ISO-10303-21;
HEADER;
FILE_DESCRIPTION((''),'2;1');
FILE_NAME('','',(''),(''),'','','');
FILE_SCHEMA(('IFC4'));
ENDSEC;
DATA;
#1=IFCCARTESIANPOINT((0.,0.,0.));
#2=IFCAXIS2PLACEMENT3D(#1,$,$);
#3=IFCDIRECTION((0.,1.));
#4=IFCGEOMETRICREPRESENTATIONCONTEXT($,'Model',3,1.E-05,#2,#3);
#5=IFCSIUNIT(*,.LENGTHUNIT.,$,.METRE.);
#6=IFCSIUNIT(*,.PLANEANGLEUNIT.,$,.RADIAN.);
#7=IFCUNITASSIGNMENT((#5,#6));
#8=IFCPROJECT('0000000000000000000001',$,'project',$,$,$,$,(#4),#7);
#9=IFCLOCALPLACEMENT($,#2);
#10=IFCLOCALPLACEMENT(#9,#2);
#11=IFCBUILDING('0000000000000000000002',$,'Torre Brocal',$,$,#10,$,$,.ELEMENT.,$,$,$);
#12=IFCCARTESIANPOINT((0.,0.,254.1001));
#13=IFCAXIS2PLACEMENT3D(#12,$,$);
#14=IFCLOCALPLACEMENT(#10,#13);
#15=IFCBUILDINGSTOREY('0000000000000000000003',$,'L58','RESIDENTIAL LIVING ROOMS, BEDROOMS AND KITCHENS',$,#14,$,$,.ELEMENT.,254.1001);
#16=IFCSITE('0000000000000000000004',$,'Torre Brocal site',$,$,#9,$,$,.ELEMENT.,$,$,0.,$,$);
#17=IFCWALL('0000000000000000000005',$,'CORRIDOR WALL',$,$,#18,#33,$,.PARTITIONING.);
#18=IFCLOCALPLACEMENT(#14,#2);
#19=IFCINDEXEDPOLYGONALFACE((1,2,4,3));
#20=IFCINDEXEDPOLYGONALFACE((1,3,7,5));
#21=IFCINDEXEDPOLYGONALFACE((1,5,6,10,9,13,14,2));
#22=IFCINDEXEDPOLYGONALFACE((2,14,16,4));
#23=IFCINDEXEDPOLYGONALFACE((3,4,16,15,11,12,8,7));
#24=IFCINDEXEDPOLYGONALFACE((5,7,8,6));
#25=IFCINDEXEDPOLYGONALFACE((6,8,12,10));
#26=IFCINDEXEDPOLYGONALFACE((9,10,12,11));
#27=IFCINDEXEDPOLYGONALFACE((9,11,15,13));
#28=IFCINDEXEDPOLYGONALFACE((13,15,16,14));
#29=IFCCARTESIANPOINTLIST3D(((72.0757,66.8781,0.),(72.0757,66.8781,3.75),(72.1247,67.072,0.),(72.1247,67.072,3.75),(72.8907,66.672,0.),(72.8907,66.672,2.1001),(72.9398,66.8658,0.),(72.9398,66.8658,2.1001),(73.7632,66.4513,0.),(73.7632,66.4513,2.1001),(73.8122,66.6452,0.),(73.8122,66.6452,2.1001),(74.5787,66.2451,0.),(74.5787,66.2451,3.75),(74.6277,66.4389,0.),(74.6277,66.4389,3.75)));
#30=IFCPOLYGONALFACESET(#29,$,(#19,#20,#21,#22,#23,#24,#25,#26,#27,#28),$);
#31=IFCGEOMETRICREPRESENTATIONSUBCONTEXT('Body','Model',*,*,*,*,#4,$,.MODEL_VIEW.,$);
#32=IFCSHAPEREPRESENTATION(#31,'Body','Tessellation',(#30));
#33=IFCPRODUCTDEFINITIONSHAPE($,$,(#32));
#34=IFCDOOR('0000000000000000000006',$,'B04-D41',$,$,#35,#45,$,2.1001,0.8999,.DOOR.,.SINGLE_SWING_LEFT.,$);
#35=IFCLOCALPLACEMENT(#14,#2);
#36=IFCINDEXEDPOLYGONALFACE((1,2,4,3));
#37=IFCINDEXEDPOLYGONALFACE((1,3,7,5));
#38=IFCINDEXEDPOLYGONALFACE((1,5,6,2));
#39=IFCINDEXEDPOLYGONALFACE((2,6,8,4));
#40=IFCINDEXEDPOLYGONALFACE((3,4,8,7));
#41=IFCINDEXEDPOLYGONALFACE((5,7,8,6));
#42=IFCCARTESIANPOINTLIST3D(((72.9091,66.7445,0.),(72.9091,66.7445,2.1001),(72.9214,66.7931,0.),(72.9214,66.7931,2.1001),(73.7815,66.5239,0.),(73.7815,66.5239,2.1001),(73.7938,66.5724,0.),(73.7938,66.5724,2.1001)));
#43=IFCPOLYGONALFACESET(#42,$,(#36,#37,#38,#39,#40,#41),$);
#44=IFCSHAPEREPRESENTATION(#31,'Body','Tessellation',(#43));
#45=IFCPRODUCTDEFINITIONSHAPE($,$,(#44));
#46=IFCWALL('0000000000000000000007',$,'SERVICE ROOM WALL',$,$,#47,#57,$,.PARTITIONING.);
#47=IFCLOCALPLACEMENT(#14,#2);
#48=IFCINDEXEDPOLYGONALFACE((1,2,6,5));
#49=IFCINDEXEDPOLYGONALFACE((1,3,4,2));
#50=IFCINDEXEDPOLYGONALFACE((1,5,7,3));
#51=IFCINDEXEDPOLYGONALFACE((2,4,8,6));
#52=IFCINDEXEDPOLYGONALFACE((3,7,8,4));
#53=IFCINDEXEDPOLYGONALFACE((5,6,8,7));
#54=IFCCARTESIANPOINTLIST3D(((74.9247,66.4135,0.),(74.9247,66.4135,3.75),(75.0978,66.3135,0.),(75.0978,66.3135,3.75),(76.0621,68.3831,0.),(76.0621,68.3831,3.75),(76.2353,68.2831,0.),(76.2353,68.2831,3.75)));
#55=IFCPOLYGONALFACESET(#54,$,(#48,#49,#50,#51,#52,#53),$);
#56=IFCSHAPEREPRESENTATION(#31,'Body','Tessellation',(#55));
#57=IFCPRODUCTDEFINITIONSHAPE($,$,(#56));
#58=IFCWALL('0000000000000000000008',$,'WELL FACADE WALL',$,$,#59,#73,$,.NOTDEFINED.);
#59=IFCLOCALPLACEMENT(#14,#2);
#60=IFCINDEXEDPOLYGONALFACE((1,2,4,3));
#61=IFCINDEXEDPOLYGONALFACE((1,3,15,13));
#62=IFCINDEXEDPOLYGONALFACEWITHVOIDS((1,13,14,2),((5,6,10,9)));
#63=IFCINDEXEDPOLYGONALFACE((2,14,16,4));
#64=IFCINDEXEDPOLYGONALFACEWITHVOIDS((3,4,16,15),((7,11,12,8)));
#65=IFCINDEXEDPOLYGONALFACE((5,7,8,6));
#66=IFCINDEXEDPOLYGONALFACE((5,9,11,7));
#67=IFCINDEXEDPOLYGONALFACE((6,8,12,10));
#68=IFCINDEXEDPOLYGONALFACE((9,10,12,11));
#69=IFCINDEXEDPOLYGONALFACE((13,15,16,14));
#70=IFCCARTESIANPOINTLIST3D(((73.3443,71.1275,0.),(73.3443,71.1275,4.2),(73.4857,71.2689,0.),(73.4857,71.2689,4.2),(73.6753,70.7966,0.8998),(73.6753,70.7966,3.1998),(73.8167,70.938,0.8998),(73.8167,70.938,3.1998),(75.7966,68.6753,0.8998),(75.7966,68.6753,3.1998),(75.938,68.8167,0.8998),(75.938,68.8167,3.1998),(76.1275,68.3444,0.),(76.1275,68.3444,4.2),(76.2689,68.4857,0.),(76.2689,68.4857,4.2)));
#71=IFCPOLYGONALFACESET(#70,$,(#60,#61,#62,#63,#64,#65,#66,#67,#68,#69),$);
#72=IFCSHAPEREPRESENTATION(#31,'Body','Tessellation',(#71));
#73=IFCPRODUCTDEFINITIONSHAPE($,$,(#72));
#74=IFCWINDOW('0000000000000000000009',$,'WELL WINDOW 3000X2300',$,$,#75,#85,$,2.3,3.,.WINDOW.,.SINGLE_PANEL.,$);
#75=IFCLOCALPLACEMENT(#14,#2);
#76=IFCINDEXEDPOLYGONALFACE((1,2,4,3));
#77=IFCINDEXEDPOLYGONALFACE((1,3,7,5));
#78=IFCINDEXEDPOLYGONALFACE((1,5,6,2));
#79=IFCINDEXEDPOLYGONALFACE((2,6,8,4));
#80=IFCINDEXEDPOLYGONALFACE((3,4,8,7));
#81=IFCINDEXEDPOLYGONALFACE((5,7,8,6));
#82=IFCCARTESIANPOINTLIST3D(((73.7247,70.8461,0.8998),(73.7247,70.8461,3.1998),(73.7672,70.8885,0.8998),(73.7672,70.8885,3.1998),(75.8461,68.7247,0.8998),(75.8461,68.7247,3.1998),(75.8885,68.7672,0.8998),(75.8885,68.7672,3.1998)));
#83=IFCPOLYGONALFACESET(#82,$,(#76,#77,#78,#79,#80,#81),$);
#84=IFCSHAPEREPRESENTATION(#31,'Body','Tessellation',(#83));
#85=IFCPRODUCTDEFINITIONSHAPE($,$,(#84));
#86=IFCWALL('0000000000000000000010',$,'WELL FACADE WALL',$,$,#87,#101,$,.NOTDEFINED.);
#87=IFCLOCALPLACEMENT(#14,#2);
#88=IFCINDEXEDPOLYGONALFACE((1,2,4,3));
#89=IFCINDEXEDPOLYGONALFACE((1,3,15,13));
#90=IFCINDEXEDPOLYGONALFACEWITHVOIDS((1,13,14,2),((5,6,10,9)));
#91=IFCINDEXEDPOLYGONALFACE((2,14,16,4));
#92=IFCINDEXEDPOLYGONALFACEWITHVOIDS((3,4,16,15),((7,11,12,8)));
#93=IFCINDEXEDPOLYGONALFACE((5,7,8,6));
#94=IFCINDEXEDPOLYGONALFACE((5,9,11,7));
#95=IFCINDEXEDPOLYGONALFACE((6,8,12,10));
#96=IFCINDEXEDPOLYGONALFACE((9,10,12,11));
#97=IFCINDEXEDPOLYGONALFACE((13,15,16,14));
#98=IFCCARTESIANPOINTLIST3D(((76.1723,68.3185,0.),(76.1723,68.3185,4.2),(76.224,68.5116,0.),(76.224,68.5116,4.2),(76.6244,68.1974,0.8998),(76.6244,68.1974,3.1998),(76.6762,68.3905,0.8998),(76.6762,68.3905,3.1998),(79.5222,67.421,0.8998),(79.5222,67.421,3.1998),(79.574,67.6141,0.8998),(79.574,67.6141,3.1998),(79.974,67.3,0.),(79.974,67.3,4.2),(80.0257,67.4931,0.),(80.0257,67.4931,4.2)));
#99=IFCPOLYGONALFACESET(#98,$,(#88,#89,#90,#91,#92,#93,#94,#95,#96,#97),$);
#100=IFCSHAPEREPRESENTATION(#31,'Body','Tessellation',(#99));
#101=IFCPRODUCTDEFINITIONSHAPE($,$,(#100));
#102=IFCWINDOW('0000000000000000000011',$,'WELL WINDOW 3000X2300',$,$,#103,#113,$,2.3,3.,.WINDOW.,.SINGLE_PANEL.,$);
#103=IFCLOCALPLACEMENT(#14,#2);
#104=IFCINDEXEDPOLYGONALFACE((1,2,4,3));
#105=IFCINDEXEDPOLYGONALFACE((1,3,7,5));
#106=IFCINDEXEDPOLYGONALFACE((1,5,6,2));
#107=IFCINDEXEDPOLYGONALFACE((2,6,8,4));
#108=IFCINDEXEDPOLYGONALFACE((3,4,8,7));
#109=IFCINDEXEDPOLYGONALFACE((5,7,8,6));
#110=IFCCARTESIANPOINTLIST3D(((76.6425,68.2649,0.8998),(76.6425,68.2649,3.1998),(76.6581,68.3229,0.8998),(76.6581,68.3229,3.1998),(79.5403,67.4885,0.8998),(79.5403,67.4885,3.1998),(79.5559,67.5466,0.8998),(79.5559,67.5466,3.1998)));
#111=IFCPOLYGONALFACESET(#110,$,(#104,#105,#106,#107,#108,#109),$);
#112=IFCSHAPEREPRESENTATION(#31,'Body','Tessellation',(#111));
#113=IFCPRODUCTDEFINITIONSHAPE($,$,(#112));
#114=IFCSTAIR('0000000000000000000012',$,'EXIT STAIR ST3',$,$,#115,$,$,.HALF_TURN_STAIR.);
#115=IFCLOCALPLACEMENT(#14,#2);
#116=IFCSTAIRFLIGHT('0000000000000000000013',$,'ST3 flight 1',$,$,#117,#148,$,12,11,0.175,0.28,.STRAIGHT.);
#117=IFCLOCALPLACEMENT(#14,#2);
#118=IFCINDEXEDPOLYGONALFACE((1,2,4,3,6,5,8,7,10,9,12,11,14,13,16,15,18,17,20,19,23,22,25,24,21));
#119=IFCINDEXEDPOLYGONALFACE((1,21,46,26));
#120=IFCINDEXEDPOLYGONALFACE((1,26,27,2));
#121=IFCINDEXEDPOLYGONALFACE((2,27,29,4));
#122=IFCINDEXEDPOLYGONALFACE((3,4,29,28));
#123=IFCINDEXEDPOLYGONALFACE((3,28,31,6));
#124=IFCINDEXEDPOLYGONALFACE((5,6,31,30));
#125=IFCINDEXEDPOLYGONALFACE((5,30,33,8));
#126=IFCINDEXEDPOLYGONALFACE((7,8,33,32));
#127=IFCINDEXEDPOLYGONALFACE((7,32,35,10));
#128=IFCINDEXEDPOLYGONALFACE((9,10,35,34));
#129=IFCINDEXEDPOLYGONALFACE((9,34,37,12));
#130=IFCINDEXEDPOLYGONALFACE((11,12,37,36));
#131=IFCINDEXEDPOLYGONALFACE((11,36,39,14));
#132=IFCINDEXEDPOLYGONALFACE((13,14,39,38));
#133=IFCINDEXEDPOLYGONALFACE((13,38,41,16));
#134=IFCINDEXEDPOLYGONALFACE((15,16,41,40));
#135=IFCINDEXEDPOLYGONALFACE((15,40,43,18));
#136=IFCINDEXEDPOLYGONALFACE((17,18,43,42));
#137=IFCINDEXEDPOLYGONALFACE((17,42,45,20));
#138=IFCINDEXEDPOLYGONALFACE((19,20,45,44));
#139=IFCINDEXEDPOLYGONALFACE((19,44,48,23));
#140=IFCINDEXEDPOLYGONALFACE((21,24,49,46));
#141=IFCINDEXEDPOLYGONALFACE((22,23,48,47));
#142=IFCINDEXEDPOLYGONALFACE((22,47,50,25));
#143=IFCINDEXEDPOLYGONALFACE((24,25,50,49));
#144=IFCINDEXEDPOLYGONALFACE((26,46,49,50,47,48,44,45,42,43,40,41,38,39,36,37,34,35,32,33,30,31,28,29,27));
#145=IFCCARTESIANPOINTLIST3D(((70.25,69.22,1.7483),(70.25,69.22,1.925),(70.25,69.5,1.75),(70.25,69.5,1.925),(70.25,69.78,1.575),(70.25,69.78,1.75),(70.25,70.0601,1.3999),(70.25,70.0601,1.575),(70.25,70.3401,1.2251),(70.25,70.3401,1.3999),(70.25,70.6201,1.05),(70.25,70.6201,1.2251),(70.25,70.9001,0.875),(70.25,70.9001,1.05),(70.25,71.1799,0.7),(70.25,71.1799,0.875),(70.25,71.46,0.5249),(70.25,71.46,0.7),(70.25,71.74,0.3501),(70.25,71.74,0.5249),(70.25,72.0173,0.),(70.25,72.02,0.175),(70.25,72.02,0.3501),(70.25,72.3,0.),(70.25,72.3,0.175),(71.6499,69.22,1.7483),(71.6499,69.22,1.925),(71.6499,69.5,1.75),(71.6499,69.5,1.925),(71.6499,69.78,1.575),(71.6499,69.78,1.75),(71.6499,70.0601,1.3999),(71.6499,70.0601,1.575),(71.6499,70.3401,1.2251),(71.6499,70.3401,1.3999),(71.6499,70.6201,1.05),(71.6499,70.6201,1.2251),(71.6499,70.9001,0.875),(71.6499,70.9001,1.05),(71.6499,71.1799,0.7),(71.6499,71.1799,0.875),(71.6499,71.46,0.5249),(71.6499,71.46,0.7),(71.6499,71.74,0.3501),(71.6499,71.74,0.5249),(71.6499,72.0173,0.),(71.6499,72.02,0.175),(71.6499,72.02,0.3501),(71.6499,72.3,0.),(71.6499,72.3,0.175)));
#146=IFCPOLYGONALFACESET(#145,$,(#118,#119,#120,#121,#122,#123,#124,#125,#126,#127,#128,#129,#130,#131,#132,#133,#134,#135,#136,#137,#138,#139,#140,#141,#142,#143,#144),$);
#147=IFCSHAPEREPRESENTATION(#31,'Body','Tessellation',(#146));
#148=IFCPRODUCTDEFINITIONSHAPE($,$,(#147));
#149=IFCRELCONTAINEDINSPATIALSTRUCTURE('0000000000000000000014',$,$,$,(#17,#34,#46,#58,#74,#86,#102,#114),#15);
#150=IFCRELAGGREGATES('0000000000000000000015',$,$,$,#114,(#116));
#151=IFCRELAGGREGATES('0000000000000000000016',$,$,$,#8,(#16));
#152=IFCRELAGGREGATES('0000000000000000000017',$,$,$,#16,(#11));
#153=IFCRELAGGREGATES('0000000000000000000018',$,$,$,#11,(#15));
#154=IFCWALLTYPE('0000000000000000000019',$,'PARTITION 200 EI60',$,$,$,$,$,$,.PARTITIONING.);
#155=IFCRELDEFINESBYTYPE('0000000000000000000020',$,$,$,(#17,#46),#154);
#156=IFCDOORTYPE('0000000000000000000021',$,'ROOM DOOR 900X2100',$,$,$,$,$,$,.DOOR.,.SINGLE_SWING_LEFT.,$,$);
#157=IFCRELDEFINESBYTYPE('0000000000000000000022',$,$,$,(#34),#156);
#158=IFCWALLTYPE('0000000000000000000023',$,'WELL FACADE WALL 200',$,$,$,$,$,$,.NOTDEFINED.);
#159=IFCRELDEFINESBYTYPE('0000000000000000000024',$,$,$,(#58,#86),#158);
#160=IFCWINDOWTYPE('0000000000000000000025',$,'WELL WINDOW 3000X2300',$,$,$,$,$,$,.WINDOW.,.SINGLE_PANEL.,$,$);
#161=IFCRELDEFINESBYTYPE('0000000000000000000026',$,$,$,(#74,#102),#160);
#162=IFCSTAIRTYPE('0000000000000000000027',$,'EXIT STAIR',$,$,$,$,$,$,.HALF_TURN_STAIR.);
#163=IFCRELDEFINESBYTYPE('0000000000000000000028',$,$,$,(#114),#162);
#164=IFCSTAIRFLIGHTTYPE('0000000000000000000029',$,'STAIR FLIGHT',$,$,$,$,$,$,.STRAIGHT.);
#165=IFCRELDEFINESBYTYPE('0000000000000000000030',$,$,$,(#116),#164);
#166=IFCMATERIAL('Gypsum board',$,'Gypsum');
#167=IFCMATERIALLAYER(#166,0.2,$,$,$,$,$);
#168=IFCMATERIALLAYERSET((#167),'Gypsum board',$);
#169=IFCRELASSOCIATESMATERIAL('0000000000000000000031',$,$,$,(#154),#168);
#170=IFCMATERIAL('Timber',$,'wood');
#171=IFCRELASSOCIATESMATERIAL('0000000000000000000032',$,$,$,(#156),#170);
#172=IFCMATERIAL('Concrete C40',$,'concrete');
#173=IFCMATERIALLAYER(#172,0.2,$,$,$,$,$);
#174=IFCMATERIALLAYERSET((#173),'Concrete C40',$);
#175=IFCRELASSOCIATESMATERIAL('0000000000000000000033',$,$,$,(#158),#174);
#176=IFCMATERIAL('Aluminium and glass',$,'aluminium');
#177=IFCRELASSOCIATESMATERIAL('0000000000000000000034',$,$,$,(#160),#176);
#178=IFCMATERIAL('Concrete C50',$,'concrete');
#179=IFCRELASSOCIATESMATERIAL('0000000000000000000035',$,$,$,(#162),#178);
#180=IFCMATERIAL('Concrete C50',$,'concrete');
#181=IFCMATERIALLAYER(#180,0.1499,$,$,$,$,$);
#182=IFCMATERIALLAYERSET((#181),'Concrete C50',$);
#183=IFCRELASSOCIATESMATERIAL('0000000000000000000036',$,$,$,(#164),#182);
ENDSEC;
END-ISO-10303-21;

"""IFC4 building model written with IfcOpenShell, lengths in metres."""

from ifc_helpers import new_model, si_unit, direction, frame, frame_2d, origin, place, context, subcontext, project, spatial, polyline, rectangle, outline, extrude, material, layer, layer_set, type_object, element, fill, aggregate, save


model = new_model("IFC4")

# Units and contexts
model_context = context("Model", 3, precision=1e-05, world=origin(), true_north=direction((0.0, 1.0)))
body_context = subcontext(model_context, "Body", "Model", "MODEL_VIEW")
ifc_project = project(units=[si_unit("LENGTHUNIT", "METRE"), si_unit("PLANEANGLEUNIT", "RADIAN")], contexts=[model_context])

# Site, building, storey
site_placement = place(None, origin())
site = spatial("IfcSite", under=ifc_project, at=site_placement, Name="Torre Brocal site", CompositionType="ELEMENT", RefElevation=0.0)
building_placement = place(site_placement, origin())
building = spatial("IfcBuilding", under=site, at=building_placement, Name="Torre Brocal", CompositionType="ELEMENT")
storey_placement = place(building_placement, frame((0.0, 0.0, 254.1001)))
storey = spatial("IfcBuildingStorey", under=building, at=storey_placement, Name="L58", Description="RESIDENTIAL LIVING ROOMS, BEDROOMS AND KITCHENS", CompositionType="ELEMENT", Elevation=254.1001)

# Wall, opening, door
ifc_material_1 = material(Name="Gypsum board", Category="Gypsum")
ifc_layer_1 = layer(ifc_material_1, 0.2)
ifc_layer_set_1 = layer_set([ifc_layer_1], Name="Gypsum board")
wall_type_1 = type_object("IfcWallType", Name="PARTITION 200 EI60", PredefinedType="PARTITIONING", material=ifc_layer_set_1)
wall_1_placement = place(storey_placement, frame((72.1001, 66.9751, 0.0), z_axis=(0.0, 0.0, 1.0), x_axis=(0.969471, -0.245205, 0.0)))
wall_1 = element("IfcWall", 1, at=wall_1_placement, inside=storey, type_object=wall_type_1, Name="CORRIDOR WALL", PredefinedType="PARTITIONING", context=body_context, shape_type="SweptSolid", body=[
    extrude(rectangle(XDim=2.5818, YDim=0.2, at=frame_2d((1.291, 0.0))), origin(), (0.0, 0.0, 1.0), 3.75),
])
opening_1_placement = place(wall_1_placement, frame((0.8408, 0.0, 0.0)))
opening_1 = element("IfcOpeningElement", 2, at=opening_1_placement, cuts=wall_1, PredefinedType="OPENING", context=body_context, shape_type="SweptSolid", body=[
    extrude(rectangle(XDim=0.8999, YDim=2.1001, at=frame_2d((0.45, 1.05))), frame((0.0, 0.1099, 0.0), z_axis=(0.0, -1.0, 0.0), x_axis=(1.0, 0.0, 0.0)), (0.0, 0.0, 1.0), 0.22),
])
ifc_material_2 = material(Name="Timber", Category="wood")
door_type_1 = type_object("IfcDoorType", Name="ROOM DOOR 900X2100", OperationType="SINGLE_SWING_LEFT", PredefinedType="DOOR", material=ifc_material_2)
door_1_placement = place(opening_1_placement, origin())
door_1 = element("IfcDoor", 3, at=door_1_placement, inside=storey, type_object=door_type_1, Name="B04-D41", OperationType="SINGLE_SWING_LEFT", OverallHeight=2.1001, OverallWidth=0.8999, PredefinedType="DOOR", context=body_context, shape_type="SweptSolid", body=[
    extrude(rectangle(XDim=0.8999, YDim=2.1001, at=frame_2d((0.45, 1.05))), frame((0.0, 0.0249, 0.0), z_axis=(0.0, -1.0, 0.0), x_axis=(1.0, 0.0, 0.0)), (0.0, 0.0, 1.0), 0.05),
])
fill(opening_1, door_1)

# Wall
wall_2_placement = place(storey_placement, frame((75.0112, 66.3635, 0.0), z_axis=(0.0, 0.0, 1.0), x_axis=(0.500122, 0.865955, 0.0)))
element("IfcWall", 4, at=wall_2_placement, inside=storey, type_object=wall_type_1, Name="SERVICE ROOM WALL", PredefinedType="PARTITIONING", context=body_context, shape_type="SweptSolid", body=[
    extrude(rectangle(XDim=2.2744, YDim=0.2, at=frame_2d((1.1372, 0.0))), origin(), (0.0, 0.0, 1.0), 3.75),
])

# Walls, openings, windows
ifc_material_3 = material(Name="Concrete C40", Category="concrete")
ifc_layer_2 = layer(ifc_material_3, 0.2)
ifc_layer_set_2 = layer_set([ifc_layer_2], Name="Concrete C40")
wall_type_2 = type_object("IfcWallType", Name="WELL FACADE WALL 200", PredefinedType="NOTDEFINED", material=ifc_layer_set_2)
wall_3_placement = place(storey_placement, frame((73.415, 71.1982, 0.0), z_axis=(0.0, 0.0, 1.0), x_axis=(0.707107, -0.707107, 0.0)))
wall_3 = element("IfcWall", 5, at=wall_3_placement, inside=storey, type_object=wall_type_2, Name="WELL FACADE WALL", PredefinedType="NOTDEFINED", context=body_context, shape_type="SweptSolid", body=[
    extrude(rectangle(XDim=3.936, YDim=0.2, at=frame_2d((1.968, 0.0))), origin(), (0.0, 0.0, 1.0), 4.2),
])
opening_2_placement = place(wall_3_placement, frame((0.468, 0.0, 0.8999)))
opening_2 = element("IfcOpeningElement", 6, at=opening_2_placement, cuts=wall_3, PredefinedType="OPENING", context=body_context, shape_type="SweptSolid", body=[
    extrude(rectangle(XDim=3.0, YDim=2.3, at=frame_2d((1.5, 1.1499))), frame((0.0, 0.1099, 0.0), z_axis=(0.0, -1.0, 0.0), x_axis=(1.0, 0.0, 0.0)), (0.0, 0.0, 1.0), 0.22),
])
ifc_material_4 = material(Name="Aluminium and glass", Category="aluminium")
window_type = type_object("IfcWindowType", Name="WELL WINDOW 3000X2300", PartitioningType="SINGLE_PANEL", PredefinedType="WINDOW", material=ifc_material_4)
window_1_placement = place(opening_2_placement, origin())
window_1 = element("IfcWindow", 7, at=window_1_placement, inside=storey, type_object=window_type, Name="WELL WINDOW 3000X2300", OverallHeight=2.3, OverallWidth=3.0, PartitioningType="SINGLE_PANEL", PredefinedType="WINDOW", context=body_context, shape_type="SweptSolid", body=[
    extrude(rectangle(XDim=3.0, YDim=2.3, at=frame_2d((1.5, 1.1499))), frame((0.0, 0.03, 0.0), z_axis=(0.0, -1.0, 0.0), x_axis=(1.0, 0.0, 0.0)), (0.0, 0.0, 1.0), 0.0601),
])
fill(opening_2, window_1)
wall_4_placement = place(storey_placement, frame((76.1982, 68.415, 0.0), z_axis=(0.0, 0.0, 1.0), x_axis=(0.965934, -0.25879, 0.0)))
wall_4 = element("IfcWall", 8, at=wall_4_placement, inside=storey, type_object=wall_type_2, Name="WELL FACADE WALL", PredefinedType="NOTDEFINED", context=body_context, shape_type="SweptSolid", body=[
    extrude(rectangle(XDim=3.9358, YDim=0.2, at=frame_2d((1.9678, 0.0))), origin(), (0.0, 0.0, 1.0), 4.2),
])
opening_3_placement = place(wall_4_placement, frame((0.468, 0.0, 0.8999)))
opening_3 = element("IfcOpeningElement", 9, at=opening_3_placement, cuts=wall_4, PredefinedType="OPENING", context=body_context, shape_type="SweptSolid", body=[
    extrude(rectangle(XDim=3.0, YDim=2.3, at=frame_2d((1.5, 1.1499))), frame((0.0, 0.1099, 0.0), z_axis=(0.0, -1.0, 0.0), x_axis=(1.0, 0.0, 0.0)), (0.0, 0.0, 1.0), 0.22),
])
window_2_placement = place(opening_3_placement, origin())
window_2 = element("IfcWindow", 10, at=window_2_placement, inside=storey, type_object=window_type, Name="WELL WINDOW 3000X2300", OverallHeight=2.3, OverallWidth=3.0, PartitioningType="SINGLE_PANEL", PredefinedType="WINDOW", context=body_context, shape_type="SweptSolid", body=[
    extrude(rectangle(XDim=3.0, YDim=2.3, at=frame_2d((1.5, 1.1499))), frame((0.0, 0.03, 0.0), z_axis=(0.0, -1.0, 0.0), x_axis=(1.0, 0.0, 0.0)), (0.0, 0.0, 1.0), 0.0601),
])
fill(opening_3, window_2)

# Stair, stair flight
ifc_material_5 = material(Name="Concrete C50", Category="concrete")
stair_type = type_object("IfcStairType", Name="EXIT STAIR", PredefinedType="HALF_TURN_STAIR", material=ifc_material_5)
stair_placement = place(storey_placement, origin())
stair = element("IfcStair", 11, at=stair_placement, inside=storey, type_object=stair_type, Name="EXIT STAIR ST3", PredefinedType="HALF_TURN_STAIR")
ifc_material_6 = material(Name="Concrete C50", Category="concrete")
ifc_layer_3 = layer(ifc_material_6, 0.1499)
ifc_layer_set_3 = layer_set([ifc_layer_3], Name="Concrete C50")
stair_flight_type = type_object("IfcStairFlightType", Name="STAIR FLIGHT", PredefinedType="STRAIGHT", material=ifc_layer_set_3)
stair_flight_1_placement = place(storey_placement, frame((70.95, 72.3, 0.0), z_axis=(0.0, 0.0, 1.0), x_axis=(0.0, -1.0, 0.0)))
stair_flight_1 = element("IfcStairFlight", 12, at=stair_flight_1_placement, type_object=stair_flight_type, Name="ST3 flight 1", NumberOfRisers=12, NumberOfTreads=11, PredefinedType="STRAIGHT", RiserHeight=0.175, TreadLength=0.28, context=body_context, shape_type="SweptSolid", body=[
    extrude(outline(polyline([(0.0, 0.0), (0.0, 0.175), (0.28, 0.175), (0.28, 0.3501), (0.5601, 0.3501), (0.5601, 0.5249), (0.8401, 0.5249), (0.8401, 0.7), (1.1201, 0.7), (1.1201, 0.875), (1.3999, 0.875), (1.3999, 1.05), (1.6799, 1.05), (1.6799, 1.2251), (1.96, 1.2251), (1.96, 1.3999), (2.24, 1.3999), (2.24, 1.575), (2.52, 1.575), (2.52, 1.75), (2.8, 1.75), (2.8, 1.925), (3.0801, 1.925), (3.0801, 2.1001), (3.0801, 1.7483), (0.2827, 0.0), (0.0, 0.0)])), frame((0.0, 0.7, 0.0), z_axis=(0.0, -1.0, 0.0), x_axis=(1.0, 0.0, 0.0)), (0.0, 0.0, 1.0), 1.3999),
])
aggregate(stair, [stair_flight_1])

save(model, "model.ifc")
